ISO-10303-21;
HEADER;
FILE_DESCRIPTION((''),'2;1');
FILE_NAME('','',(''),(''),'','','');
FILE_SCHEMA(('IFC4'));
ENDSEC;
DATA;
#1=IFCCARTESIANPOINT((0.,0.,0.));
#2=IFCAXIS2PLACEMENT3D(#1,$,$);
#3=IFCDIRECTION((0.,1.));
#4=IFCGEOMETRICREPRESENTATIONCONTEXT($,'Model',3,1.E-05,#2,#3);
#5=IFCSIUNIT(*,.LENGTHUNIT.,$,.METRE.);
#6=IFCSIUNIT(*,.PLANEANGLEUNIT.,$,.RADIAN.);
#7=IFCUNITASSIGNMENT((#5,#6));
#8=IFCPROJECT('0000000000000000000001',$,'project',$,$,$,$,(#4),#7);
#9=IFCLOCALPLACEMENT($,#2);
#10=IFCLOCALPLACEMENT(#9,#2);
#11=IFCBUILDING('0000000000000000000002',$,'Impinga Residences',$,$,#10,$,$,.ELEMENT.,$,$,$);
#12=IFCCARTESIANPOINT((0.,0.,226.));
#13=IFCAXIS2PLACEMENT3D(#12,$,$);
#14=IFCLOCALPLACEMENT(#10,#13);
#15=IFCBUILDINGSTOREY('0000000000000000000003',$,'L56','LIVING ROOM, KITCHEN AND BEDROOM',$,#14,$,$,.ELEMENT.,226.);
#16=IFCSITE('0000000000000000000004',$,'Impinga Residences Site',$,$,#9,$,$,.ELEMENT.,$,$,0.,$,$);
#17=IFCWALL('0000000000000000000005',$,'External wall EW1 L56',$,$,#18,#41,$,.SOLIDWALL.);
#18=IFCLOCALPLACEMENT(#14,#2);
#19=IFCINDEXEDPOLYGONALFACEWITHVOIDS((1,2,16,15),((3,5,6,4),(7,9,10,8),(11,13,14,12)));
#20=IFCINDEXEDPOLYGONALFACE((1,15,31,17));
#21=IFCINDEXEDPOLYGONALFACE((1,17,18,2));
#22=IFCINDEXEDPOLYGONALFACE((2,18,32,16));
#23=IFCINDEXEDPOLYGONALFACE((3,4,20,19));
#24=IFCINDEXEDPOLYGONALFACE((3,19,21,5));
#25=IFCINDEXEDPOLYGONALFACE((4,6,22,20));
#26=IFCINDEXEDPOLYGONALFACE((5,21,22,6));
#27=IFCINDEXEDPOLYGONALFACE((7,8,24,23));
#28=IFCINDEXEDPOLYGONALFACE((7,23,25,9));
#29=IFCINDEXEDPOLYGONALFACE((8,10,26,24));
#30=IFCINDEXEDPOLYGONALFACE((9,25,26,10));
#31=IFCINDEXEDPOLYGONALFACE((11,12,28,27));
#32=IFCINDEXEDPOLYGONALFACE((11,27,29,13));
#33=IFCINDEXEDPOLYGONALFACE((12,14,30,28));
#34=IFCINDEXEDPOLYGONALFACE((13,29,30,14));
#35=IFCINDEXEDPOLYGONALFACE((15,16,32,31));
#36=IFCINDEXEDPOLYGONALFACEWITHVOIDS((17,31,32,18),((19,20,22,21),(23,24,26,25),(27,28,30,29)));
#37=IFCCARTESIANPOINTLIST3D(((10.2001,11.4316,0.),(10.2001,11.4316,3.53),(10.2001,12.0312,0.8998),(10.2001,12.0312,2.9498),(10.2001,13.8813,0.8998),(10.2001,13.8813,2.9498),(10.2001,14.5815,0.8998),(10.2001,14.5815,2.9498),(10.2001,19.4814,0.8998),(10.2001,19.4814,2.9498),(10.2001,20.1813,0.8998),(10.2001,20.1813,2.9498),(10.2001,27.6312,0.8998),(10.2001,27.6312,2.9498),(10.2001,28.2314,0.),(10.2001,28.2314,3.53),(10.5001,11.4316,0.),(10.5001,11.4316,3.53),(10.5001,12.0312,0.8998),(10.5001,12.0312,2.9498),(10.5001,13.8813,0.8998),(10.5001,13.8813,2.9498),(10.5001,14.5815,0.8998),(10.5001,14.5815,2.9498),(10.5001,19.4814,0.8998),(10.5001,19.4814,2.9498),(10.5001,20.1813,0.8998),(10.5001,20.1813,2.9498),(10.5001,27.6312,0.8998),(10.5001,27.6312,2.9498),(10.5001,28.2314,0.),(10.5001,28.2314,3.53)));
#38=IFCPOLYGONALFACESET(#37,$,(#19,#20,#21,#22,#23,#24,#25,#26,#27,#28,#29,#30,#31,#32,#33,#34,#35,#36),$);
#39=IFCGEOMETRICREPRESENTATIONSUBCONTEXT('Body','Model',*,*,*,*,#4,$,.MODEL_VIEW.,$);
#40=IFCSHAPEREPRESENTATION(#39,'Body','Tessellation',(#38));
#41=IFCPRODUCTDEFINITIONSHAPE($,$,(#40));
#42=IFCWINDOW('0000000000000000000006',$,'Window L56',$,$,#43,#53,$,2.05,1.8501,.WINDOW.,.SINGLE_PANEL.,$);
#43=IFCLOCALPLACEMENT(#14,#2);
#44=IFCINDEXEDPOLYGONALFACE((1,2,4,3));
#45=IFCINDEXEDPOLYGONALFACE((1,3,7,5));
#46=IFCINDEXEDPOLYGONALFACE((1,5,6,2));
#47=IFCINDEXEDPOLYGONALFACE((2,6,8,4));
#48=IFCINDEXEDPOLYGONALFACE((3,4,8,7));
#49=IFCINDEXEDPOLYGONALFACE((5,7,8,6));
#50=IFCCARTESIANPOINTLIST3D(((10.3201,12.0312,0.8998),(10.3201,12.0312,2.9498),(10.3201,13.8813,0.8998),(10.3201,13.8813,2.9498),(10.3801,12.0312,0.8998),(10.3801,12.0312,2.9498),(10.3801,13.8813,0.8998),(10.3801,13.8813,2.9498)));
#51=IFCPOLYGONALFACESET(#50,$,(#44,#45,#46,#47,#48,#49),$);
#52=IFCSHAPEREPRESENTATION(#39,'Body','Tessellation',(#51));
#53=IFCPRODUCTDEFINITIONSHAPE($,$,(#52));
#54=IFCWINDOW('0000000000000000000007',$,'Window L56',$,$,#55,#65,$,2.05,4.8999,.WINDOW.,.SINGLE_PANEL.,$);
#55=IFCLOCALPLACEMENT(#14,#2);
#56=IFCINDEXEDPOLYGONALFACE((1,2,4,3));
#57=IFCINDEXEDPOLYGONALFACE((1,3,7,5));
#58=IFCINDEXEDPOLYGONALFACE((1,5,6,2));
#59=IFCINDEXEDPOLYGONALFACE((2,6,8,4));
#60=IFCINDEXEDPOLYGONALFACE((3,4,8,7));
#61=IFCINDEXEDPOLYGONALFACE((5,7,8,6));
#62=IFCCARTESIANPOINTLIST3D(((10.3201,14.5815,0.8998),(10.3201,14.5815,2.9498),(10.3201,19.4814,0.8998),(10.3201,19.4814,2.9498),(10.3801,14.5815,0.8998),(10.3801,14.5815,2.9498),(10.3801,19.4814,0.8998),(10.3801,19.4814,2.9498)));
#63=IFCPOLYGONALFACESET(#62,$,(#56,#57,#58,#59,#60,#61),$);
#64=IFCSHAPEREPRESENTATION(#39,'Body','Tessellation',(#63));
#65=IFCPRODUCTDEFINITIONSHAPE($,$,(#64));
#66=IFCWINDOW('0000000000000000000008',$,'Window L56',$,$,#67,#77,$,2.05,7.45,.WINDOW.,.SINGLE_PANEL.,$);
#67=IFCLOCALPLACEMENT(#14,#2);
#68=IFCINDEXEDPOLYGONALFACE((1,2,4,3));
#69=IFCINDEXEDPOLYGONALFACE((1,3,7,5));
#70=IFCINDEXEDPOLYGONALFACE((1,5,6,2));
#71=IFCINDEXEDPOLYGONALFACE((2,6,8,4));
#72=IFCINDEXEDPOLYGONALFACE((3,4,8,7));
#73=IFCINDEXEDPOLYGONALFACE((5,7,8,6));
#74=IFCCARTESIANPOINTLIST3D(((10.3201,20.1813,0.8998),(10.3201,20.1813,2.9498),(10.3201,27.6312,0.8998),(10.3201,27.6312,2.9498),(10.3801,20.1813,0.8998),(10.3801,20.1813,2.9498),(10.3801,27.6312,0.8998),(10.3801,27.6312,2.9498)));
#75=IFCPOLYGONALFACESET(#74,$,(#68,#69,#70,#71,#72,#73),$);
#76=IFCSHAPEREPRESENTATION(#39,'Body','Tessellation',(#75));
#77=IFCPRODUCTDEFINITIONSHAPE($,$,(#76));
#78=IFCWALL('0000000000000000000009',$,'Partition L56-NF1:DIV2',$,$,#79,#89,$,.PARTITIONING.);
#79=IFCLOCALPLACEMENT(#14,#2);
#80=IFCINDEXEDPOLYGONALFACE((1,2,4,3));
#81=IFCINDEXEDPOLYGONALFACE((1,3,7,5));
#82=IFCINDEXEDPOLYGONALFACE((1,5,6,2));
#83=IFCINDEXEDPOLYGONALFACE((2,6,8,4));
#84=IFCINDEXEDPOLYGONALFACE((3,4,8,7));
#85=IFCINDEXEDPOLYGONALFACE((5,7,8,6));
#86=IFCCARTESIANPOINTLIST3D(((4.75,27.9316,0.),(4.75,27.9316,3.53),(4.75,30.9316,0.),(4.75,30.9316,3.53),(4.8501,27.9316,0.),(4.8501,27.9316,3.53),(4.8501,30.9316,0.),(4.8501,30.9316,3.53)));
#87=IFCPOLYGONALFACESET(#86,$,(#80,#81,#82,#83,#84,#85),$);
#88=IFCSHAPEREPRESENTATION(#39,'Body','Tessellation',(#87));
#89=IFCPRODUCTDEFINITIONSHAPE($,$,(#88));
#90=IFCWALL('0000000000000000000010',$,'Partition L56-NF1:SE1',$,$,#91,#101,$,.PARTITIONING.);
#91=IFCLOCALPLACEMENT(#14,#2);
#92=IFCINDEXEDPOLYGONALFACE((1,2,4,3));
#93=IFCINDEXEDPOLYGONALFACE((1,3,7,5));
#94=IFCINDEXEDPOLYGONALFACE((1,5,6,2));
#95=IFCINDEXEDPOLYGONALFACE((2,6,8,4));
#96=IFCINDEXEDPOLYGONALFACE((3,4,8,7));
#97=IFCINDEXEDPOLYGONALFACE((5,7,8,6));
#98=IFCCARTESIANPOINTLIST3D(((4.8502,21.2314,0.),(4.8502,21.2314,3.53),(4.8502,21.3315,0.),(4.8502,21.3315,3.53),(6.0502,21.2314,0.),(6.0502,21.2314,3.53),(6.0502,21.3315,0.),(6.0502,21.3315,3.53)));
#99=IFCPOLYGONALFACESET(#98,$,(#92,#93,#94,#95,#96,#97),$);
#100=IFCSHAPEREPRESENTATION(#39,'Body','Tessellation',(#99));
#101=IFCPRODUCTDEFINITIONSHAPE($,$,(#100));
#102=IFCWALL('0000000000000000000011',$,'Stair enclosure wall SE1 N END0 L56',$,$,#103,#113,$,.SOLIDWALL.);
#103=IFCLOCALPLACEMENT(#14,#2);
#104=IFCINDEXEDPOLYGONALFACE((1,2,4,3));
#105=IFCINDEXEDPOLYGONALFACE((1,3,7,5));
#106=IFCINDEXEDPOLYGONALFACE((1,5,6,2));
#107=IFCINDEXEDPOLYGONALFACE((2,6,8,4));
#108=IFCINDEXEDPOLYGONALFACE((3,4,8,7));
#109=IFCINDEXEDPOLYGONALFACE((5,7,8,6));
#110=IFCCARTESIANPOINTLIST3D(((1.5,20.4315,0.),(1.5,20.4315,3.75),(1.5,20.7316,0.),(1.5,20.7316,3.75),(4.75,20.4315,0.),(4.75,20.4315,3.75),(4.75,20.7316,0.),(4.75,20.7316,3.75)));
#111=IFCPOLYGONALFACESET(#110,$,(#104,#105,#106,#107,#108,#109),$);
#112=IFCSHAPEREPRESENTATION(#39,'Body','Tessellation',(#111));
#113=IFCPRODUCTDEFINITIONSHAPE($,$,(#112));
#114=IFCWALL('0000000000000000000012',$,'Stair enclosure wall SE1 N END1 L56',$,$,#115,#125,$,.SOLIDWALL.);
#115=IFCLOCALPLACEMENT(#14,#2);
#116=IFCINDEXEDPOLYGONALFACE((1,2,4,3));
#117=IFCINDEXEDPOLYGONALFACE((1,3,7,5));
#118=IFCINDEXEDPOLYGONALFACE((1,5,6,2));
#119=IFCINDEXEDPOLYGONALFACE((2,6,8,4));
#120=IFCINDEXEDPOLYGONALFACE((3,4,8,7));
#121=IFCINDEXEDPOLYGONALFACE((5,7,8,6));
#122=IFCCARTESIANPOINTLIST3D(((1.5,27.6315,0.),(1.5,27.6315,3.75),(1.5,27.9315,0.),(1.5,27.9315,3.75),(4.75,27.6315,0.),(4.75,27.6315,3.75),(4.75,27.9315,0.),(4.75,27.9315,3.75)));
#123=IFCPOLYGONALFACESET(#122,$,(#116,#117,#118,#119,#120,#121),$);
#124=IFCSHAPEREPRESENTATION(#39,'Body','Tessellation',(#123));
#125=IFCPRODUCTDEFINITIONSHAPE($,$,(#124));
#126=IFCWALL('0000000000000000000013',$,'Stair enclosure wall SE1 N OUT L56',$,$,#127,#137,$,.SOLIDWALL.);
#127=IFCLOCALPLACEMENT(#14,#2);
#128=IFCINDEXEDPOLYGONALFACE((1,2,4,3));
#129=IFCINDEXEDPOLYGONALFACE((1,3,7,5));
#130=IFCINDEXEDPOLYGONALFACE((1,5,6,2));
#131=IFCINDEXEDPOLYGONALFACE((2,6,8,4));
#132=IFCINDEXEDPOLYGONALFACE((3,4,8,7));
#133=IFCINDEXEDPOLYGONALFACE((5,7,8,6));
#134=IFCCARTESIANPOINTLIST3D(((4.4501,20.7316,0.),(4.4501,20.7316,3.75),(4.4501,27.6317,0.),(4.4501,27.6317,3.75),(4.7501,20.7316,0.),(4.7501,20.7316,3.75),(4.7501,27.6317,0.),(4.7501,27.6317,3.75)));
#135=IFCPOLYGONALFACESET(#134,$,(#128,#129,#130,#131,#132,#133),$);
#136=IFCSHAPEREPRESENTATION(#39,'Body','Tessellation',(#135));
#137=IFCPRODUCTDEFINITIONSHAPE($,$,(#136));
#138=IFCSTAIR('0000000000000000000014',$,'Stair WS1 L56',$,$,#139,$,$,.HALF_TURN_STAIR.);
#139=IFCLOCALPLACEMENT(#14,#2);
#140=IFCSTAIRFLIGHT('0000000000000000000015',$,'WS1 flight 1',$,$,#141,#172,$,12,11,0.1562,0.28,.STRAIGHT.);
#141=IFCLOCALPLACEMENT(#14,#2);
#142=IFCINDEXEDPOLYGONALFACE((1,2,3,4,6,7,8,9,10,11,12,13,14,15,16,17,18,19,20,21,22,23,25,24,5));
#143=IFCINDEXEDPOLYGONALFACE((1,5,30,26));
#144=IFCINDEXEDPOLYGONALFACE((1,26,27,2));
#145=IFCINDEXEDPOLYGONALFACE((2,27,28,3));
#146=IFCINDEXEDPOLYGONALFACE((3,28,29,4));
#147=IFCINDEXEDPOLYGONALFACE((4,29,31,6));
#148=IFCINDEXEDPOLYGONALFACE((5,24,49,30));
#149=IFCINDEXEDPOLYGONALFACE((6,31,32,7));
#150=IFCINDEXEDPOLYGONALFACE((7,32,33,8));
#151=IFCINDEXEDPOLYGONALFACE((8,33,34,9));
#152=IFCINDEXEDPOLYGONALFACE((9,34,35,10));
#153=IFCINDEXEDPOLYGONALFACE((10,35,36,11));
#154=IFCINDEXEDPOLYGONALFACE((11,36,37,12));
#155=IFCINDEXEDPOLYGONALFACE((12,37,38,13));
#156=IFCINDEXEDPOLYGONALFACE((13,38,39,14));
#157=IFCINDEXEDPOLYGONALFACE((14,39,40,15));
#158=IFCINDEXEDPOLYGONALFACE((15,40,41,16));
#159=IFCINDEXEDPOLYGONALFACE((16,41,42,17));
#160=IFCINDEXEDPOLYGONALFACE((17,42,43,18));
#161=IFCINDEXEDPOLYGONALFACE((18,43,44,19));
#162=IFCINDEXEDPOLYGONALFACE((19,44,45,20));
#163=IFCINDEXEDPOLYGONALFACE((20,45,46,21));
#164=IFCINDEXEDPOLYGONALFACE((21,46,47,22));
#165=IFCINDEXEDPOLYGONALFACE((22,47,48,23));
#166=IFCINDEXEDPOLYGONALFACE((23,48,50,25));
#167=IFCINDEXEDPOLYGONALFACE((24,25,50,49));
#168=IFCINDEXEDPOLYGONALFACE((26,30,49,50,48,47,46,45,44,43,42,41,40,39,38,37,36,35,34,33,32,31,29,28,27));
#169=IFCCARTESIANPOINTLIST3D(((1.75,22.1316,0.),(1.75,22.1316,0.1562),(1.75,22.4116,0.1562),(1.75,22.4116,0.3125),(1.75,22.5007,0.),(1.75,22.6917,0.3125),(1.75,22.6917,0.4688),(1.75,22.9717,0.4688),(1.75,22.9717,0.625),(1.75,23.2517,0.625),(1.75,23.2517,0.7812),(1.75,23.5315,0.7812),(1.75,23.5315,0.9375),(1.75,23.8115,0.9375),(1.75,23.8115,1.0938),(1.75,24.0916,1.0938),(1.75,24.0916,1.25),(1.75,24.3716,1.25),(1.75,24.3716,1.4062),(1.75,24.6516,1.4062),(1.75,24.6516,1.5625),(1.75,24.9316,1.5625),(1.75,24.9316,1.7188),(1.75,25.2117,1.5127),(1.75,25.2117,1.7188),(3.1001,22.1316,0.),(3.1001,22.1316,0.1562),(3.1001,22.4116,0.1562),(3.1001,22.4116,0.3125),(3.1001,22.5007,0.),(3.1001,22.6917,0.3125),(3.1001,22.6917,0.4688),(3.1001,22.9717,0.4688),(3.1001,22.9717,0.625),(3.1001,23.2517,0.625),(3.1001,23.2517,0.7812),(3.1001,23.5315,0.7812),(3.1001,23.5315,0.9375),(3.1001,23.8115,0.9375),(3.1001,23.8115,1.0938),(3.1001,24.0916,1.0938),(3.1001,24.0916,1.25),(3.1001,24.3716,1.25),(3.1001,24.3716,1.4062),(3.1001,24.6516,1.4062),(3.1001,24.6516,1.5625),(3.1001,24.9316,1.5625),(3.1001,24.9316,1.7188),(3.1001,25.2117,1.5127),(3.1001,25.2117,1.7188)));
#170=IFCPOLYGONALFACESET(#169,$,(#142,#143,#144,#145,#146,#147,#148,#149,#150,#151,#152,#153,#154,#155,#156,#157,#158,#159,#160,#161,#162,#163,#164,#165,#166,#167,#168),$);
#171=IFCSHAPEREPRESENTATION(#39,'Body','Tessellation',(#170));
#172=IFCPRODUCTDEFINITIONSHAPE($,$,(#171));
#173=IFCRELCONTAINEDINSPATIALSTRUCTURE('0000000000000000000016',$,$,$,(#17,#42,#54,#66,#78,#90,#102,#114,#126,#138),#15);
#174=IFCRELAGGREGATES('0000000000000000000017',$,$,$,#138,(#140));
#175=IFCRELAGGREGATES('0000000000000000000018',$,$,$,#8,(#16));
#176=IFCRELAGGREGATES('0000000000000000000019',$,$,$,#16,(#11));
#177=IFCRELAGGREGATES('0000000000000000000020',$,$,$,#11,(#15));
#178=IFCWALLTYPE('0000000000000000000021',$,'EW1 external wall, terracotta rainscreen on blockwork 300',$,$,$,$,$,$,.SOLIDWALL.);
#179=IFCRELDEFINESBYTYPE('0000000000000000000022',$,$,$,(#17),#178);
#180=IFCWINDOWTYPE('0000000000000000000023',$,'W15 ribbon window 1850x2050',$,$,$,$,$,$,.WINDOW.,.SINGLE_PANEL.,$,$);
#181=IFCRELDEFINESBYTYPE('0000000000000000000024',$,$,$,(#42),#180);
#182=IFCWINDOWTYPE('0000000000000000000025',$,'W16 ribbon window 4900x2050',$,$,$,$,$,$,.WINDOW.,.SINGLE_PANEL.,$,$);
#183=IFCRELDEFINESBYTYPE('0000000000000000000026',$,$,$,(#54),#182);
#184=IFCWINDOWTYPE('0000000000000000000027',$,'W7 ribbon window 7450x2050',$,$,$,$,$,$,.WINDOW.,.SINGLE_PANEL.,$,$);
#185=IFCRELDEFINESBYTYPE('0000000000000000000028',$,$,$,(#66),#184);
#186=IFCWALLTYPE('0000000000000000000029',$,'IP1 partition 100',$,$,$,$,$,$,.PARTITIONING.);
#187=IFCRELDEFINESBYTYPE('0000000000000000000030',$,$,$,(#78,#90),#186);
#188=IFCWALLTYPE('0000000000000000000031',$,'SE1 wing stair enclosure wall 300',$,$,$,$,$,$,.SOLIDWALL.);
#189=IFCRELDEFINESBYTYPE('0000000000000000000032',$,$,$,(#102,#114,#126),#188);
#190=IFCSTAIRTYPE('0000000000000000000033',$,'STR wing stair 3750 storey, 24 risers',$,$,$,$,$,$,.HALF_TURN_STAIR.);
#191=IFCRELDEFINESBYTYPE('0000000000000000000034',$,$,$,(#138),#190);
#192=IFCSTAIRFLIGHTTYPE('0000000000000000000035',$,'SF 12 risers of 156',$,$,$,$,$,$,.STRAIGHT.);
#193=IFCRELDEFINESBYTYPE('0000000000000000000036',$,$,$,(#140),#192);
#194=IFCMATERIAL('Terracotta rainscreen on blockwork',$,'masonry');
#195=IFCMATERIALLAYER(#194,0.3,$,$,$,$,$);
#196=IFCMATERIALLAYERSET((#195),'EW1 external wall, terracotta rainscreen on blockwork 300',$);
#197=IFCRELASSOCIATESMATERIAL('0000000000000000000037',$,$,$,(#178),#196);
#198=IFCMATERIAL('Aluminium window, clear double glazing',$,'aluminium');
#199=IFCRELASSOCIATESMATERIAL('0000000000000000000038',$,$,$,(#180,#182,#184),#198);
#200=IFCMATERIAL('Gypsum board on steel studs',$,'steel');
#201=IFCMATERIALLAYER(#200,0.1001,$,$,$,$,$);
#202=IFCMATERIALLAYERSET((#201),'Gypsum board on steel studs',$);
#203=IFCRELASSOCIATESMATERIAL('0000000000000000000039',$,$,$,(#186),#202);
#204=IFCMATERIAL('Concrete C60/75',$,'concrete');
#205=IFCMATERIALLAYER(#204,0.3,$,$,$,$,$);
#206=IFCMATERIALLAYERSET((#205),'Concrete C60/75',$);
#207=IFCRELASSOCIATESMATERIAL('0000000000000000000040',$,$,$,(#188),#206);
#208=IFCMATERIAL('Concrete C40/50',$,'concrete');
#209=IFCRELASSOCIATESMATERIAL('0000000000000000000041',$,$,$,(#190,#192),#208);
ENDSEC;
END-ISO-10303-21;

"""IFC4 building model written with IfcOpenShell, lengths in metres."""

from ifc_helpers import new_model, si_unit, direction, frame, frame_2d, origin, place, context, subcontext, project, spatial, polyline, rectangle, outline, extrude, material, layer, layer_set, type_object, element, fill, aggregate, save


model = new_model("IFC4")

# Units and contexts
model_context = context("Model", 3, precision=1e-05, world=origin(), true_north=direction((0.0, 1.0)))
body_context = subcontext(model_context, "Body", "Model", "MODEL_VIEW")
ifc_project = project(units=[si_unit("LENGTHUNIT", "METRE"), si_unit("PLANEANGLEUNIT", "RADIAN")], contexts=[model_context])

# Site, building, storey
site_placement = place(None, origin())
site = spatial("IfcSite", under=ifc_project, at=site_placement, Name="Impinga Residences Site", CompositionType="ELEMENT", RefElevation=0.0)
building_placement = place(site_placement, origin())
building = spatial("IfcBuilding", under=site, at=building_placement, Name="Impinga Residences", CompositionType="ELEMENT")
storey_placement = place(building_placement, frame((0.0, 0.0, 226.0)))
storey = spatial("IfcBuildingStorey", under=building, at=storey_placement, Name="L56", Description="LIVING ROOM, KITCHEN AND BEDROOM", CompositionType="ELEMENT", Elevation=226.0)

# Shared definitions
ifc_material_1 = material(Name="Concrete C60/75", Category="concrete")

# Shared definitions
ifc_material_2 = material(Name="Terracotta rainscreen on blockwork", Category="masonry")
ifc_layer_1 = layer(ifc_material_2, 0.3)
ifc_layer_set_1 = layer_set([ifc_layer_1], Name="EW1 external wall, terracotta rainscreen on blockwork 300")
wall_type_1 = type_object("IfcWallType", Name="EW1 external wall, terracotta rainscreen on blockwork 300", PredefinedType="SOLIDWALL", material=ifc_layer_set_1)

# Wall, openings, windows
wall_1_placement = place(storey_placement, frame((10.3501, 28.2314, 0.0), z_axis=(0.0, 0.0, 1.0), x_axis=(0.0, -1.0, 0.0)))
wall_1 = element("IfcWall", 1, at=wall_1_placement, inside=storey, type_object=wall_type_1, Name="External wall EW1 L56", PredefinedType="SOLIDWALL", context=body_context, shape_type="SweptSolid", body=[
    extrude(rectangle(XDim=16.7998, YDim=0.3, at=frame_2d((8.3999, 0.0))), origin(), (0.0, 0.0, 1.0), 3.53),
])
opening_1_placement = place(wall_1_placement, frame((0.6001, 0.0, 0.8999)))
opening_1 = element("IfcOpeningElement", 2, at=opening_1_placement, cuts=wall_1, PredefinedType="OPENING", context=body_context, shape_type="SweptSolid", body=[
    extrude(rectangle(XDim=7.45, YDim=2.05, at=frame_2d((3.7251, 1.0249))), frame((0.0, 0.1599, 0.0), z_axis=(0.0, -1.0, 0.0), x_axis=(1.0, 0.0, 0.0)), (0.0, 0.0, 1.0), 0.3201),
])
opening_2_placement = place(wall_1_placement, frame((8.75, 0.0, 0.8999)))
opening_2 = element("IfcOpeningElement", 3, at=opening_2_placement, cuts=wall_1, PredefinedType="OPENING", context=body_context, shape_type="SweptSolid", body=[
    extrude(rectangle(XDim=4.8999, YDim=2.05, at=frame_2d((2.45, 1.0249))), frame((0.0, 0.1599, 0.0), z_axis=(0.0, -1.0, 0.0), x_axis=(1.0, 0.0, 0.0)), (0.0, 0.0, 1.0), 0.3201),
])
opening_3_placement = place(wall_1_placement, frame((14.3501, 0.0, 0.8999)))
opening_3 = element("IfcOpeningElement", 4, at=opening_3_placement, cuts=wall_1, PredefinedType="OPENING", context=body_context, shape_type="SweptSolid", body=[
    extrude(rectangle(XDim=1.8501, YDim=2.05, at=frame_2d((0.925, 1.0249))), frame((0.0, 0.1599, 0.0), z_axis=(0.0, -1.0, 0.0), x_axis=(1.0, 0.0, 0.0)), (0.0, 0.0, 1.0), 0.3201),
])
ifc_material_3 = material(Name="Aluminium window, clear double glazing", Category="aluminium")
window_type_1 = type_object("IfcWindowType", Name="W15 ribbon window 1850x2050", PartitioningType="SINGLE_PANEL", PredefinedType="WINDOW", material=ifc_material_3)
window_1_placement = place(opening_3_placement, origin())
window_1 = element("IfcWindow", 5, at=window_1_placement, inside=storey, type_object=window_type_1, Name="Window L56", OverallHeight=2.05, OverallWidth=1.8501, PartitioningType="SINGLE_PANEL", PredefinedType="WINDOW", context=body_context, shape_type="SweptSolid", body=[
    extrude(rectangle(XDim=1.8501, YDim=2.05, at=frame_2d((0.925, 1.0249))), frame((0.0, 0.03, 0.0), z_axis=(0.0, -1.0, 0.0), x_axis=(1.0, 0.0, 0.0)), (0.0, 0.0, 1.0), 0.0601),
])
fill(opening_3, window_1)
window_type_2 = type_object("IfcWindowType", Name="W16 ribbon window 4900x2050", PartitioningType="SINGLE_PANEL", PredefinedType="WINDOW", material=ifc_material_3)
window_2_placement = place(opening_2_placement, origin())
window_2 = element("IfcWindow", 6, at=window_2_placement, inside=storey, type_object=window_type_2, Name="Window L56", OverallHeight=2.05, OverallWidth=4.8999, PartitioningType="SINGLE_PANEL", PredefinedType="WINDOW", context=body_context, shape_type="SweptSolid", body=[
    extrude(rectangle(XDim=4.8999, YDim=2.05, at=frame_2d((2.45, 1.0249))), frame((0.0, 0.03, 0.0), z_axis=(0.0, -1.0, 0.0), x_axis=(1.0, 0.0, 0.0)), (0.0, 0.0, 1.0), 0.0601),
])
fill(opening_2, window_2)
window_type_3 = type_object("IfcWindowType", Name="W7 ribbon window 7450x2050", PartitioningType="SINGLE_PANEL", PredefinedType="WINDOW", material=ifc_material_3)
window_3_placement = place(opening_1_placement, origin())
window_3 = element("IfcWindow", 7, at=window_3_placement, inside=storey, type_object=window_type_3, Name="Window L56", OverallHeight=2.05, OverallWidth=7.45, PartitioningType="SINGLE_PANEL", PredefinedType="WINDOW", context=body_context, shape_type="SweptSolid", body=[
    extrude(rectangle(XDim=7.45, YDim=2.05, at=frame_2d((3.7251, 1.0249))), frame((0.0, 0.03, 0.0), z_axis=(0.0, -1.0, 0.0), x_axis=(1.0, 0.0, 0.0)), (0.0, 0.0, 1.0), 0.0601),
])
fill(opening_1, window_3)

# Walls
ifc_material_4 = material(Name="Gypsum board on steel studs", Category="steel")
ifc_layer_2 = layer(ifc_material_4, 0.1001)
ifc_layer_set_2 = layer_set([ifc_layer_2], Name="Gypsum board on steel studs")
wall_type_2 = type_object("IfcWallType", Name="IP1 partition 100", PredefinedType="PARTITIONING", material=ifc_layer_set_2)
wall_2_placement = place(storey_placement, frame((4.8, 27.9316, 0.0), z_axis=(0.0, 0.0, 1.0), x_axis=(0.0, 1.0, 0.0)))
element("IfcWall", 8, at=wall_2_placement, inside=storey, type_object=wall_type_2, Name="Partition L56-NF1:DIV2", PredefinedType="PARTITIONING", context=body_context, shape_type="SweptSolid", body=[
    extrude(rectangle(XDim=3.0, YDim=0.1001, at=frame_2d((1.5, 0.0))), origin(), (0.0, 0.0, 1.0), 3.53),
])
wall_3_placement = place(storey_placement, frame((4.8501, 21.2815, 0.0), z_axis=(0.0, 0.0, 1.0), x_axis=(1.0, 0.0, 0.0)))
element("IfcWall", 9, at=wall_3_placement, inside=storey, type_object=wall_type_2, Name="Partition L56-NF1:SE1", PredefinedType="PARTITIONING", context=body_context, shape_type="SweptSolid", body=[
    extrude(rectangle(XDim=1.2, YDim=0.1001, at=frame_2d((0.6001, 0.0))), origin(), (0.0, 0.0, 1.0), 3.53),
])
ifc_layer_3 = layer(ifc_material_1, 0.3)
ifc_layer_set_3 = layer_set([ifc_layer_3], Name="Concrete C60/75")
wall_type_3 = type_object("IfcWallType", Name="SE1 wing stair enclosure wall 300", PredefinedType="SOLIDWALL", material=ifc_layer_set_3)
for number, where, z_axis, x_axis, name in (
    (10, (1.5, 20.5815, 0.0), (0.0, 0.0, 1.0), (1.0, 0.0, 0.0), "Stair enclosure wall SE1 N END0 L56"),
    (11, (1.5, 27.7815, 0.0), (0.0, 0.0, 1.0), (1.0, 0.0, 0.0), "Stair enclosure wall SE1 N END1 L56"),
):
    element("IfcWall", number, at=place(storey_placement, frame(where, z_axis=z_axis, x_axis=x_axis)), inside=storey, type_object=wall_type_3, Name=name, PredefinedType="SOLIDWALL", context=body_context, shape_type="SweptSolid", body=[
        extrude(rectangle(XDim=3.25, YDim=0.3, at=frame_2d((1.625, 0.0))), origin(), (0.0, 0.0, 1.0), 3.75),
    ])
wall_4_placement = place(storey_placement, frame((4.6001, 20.7314, 0.0), z_axis=(0.0, 0.0, 1.0), x_axis=(0.0, 1.0, 0.0)))
element("IfcWall", 12, at=wall_4_placement, inside=storey, type_object=wall_type_3, Name="Stair enclosure wall SE1 N OUT L56", PredefinedType="SOLIDWALL", context=body_context, shape_type="SweptSolid", body=[
    extrude(rectangle(XDim=6.9001, YDim=0.3, at=frame_2d((3.4502, 0.0))), origin(), (0.0, 0.0, 1.0), 3.75),
])

# Stair, stair flight
ifc_material_5 = material(Name="Concrete C40/50", Category="concrete")
stair_type = type_object("IfcStairType", Name="STR wing stair 3750 storey, 24 risers", PredefinedType="HALF_TURN_STAIR", material=ifc_material_5)
stair_placement = place(storey_placement, origin())
stair = element("IfcStair", 13, at=stair_placement, inside=storey, type_object=stair_type, Name="Stair WS1 L56", PredefinedType="HALF_TURN_STAIR")
stair_flight_type = type_object("IfcStairFlightType", Name="SF 12 risers of 156", PredefinedType="STRAIGHT", material=ifc_material_5)
stair_flight_1_placement = place(storey_placement, frame((2.425, 22.1316, 0.0), z_axis=(0.0, 0.0, 1.0), x_axis=(0.0, 1.0, 0.0)))
stair_flight_1 = element("IfcStairFlight", 14, at=stair_flight_1_placement, type_object=stair_flight_type, Name="WS1 flight 1", NumberOfRisers=12, NumberOfTreads=11, PredefinedType="STRAIGHT", RiserHeight=0.1562, TreadLength=0.28, context=body_context, shape_type="SweptSolid", body=[
    extrude(outline(polyline([(0.0, 0.0), (0.0, 0.1562), (0.28, 0.1562), (0.28, 0.3125), (0.5601, 0.3125), (0.5601, 0.4688), (0.8401, 0.4688), (0.8401, 0.625), (1.1201, 0.625), (1.1201, 0.7812), (1.3999, 0.7812), (1.3999, 0.9375), (1.6799, 0.9375), (1.6799, 1.0938), (1.96, 1.0938), (1.96, 1.25), (2.24, 1.25), (2.24, 1.4062), (2.52, 1.4062), (2.52, 1.5625), (2.8, 1.5625), (2.8, 1.7188), (3.0801, 1.7188), (3.0801, 1.875), (3.0801, 1.5127), (0.3691, 0.0), (0.0, 0.0)])), frame((0.0, 0.675, 0.0), z_axis=(0.0, -1.0, 0.0), x_axis=(1.0, 0.0, 0.0)), (0.0, 0.0, 1.0), 1.3501),
])
aggregate(stair, [stair_flight_1])

save(model, "model.ifc")
